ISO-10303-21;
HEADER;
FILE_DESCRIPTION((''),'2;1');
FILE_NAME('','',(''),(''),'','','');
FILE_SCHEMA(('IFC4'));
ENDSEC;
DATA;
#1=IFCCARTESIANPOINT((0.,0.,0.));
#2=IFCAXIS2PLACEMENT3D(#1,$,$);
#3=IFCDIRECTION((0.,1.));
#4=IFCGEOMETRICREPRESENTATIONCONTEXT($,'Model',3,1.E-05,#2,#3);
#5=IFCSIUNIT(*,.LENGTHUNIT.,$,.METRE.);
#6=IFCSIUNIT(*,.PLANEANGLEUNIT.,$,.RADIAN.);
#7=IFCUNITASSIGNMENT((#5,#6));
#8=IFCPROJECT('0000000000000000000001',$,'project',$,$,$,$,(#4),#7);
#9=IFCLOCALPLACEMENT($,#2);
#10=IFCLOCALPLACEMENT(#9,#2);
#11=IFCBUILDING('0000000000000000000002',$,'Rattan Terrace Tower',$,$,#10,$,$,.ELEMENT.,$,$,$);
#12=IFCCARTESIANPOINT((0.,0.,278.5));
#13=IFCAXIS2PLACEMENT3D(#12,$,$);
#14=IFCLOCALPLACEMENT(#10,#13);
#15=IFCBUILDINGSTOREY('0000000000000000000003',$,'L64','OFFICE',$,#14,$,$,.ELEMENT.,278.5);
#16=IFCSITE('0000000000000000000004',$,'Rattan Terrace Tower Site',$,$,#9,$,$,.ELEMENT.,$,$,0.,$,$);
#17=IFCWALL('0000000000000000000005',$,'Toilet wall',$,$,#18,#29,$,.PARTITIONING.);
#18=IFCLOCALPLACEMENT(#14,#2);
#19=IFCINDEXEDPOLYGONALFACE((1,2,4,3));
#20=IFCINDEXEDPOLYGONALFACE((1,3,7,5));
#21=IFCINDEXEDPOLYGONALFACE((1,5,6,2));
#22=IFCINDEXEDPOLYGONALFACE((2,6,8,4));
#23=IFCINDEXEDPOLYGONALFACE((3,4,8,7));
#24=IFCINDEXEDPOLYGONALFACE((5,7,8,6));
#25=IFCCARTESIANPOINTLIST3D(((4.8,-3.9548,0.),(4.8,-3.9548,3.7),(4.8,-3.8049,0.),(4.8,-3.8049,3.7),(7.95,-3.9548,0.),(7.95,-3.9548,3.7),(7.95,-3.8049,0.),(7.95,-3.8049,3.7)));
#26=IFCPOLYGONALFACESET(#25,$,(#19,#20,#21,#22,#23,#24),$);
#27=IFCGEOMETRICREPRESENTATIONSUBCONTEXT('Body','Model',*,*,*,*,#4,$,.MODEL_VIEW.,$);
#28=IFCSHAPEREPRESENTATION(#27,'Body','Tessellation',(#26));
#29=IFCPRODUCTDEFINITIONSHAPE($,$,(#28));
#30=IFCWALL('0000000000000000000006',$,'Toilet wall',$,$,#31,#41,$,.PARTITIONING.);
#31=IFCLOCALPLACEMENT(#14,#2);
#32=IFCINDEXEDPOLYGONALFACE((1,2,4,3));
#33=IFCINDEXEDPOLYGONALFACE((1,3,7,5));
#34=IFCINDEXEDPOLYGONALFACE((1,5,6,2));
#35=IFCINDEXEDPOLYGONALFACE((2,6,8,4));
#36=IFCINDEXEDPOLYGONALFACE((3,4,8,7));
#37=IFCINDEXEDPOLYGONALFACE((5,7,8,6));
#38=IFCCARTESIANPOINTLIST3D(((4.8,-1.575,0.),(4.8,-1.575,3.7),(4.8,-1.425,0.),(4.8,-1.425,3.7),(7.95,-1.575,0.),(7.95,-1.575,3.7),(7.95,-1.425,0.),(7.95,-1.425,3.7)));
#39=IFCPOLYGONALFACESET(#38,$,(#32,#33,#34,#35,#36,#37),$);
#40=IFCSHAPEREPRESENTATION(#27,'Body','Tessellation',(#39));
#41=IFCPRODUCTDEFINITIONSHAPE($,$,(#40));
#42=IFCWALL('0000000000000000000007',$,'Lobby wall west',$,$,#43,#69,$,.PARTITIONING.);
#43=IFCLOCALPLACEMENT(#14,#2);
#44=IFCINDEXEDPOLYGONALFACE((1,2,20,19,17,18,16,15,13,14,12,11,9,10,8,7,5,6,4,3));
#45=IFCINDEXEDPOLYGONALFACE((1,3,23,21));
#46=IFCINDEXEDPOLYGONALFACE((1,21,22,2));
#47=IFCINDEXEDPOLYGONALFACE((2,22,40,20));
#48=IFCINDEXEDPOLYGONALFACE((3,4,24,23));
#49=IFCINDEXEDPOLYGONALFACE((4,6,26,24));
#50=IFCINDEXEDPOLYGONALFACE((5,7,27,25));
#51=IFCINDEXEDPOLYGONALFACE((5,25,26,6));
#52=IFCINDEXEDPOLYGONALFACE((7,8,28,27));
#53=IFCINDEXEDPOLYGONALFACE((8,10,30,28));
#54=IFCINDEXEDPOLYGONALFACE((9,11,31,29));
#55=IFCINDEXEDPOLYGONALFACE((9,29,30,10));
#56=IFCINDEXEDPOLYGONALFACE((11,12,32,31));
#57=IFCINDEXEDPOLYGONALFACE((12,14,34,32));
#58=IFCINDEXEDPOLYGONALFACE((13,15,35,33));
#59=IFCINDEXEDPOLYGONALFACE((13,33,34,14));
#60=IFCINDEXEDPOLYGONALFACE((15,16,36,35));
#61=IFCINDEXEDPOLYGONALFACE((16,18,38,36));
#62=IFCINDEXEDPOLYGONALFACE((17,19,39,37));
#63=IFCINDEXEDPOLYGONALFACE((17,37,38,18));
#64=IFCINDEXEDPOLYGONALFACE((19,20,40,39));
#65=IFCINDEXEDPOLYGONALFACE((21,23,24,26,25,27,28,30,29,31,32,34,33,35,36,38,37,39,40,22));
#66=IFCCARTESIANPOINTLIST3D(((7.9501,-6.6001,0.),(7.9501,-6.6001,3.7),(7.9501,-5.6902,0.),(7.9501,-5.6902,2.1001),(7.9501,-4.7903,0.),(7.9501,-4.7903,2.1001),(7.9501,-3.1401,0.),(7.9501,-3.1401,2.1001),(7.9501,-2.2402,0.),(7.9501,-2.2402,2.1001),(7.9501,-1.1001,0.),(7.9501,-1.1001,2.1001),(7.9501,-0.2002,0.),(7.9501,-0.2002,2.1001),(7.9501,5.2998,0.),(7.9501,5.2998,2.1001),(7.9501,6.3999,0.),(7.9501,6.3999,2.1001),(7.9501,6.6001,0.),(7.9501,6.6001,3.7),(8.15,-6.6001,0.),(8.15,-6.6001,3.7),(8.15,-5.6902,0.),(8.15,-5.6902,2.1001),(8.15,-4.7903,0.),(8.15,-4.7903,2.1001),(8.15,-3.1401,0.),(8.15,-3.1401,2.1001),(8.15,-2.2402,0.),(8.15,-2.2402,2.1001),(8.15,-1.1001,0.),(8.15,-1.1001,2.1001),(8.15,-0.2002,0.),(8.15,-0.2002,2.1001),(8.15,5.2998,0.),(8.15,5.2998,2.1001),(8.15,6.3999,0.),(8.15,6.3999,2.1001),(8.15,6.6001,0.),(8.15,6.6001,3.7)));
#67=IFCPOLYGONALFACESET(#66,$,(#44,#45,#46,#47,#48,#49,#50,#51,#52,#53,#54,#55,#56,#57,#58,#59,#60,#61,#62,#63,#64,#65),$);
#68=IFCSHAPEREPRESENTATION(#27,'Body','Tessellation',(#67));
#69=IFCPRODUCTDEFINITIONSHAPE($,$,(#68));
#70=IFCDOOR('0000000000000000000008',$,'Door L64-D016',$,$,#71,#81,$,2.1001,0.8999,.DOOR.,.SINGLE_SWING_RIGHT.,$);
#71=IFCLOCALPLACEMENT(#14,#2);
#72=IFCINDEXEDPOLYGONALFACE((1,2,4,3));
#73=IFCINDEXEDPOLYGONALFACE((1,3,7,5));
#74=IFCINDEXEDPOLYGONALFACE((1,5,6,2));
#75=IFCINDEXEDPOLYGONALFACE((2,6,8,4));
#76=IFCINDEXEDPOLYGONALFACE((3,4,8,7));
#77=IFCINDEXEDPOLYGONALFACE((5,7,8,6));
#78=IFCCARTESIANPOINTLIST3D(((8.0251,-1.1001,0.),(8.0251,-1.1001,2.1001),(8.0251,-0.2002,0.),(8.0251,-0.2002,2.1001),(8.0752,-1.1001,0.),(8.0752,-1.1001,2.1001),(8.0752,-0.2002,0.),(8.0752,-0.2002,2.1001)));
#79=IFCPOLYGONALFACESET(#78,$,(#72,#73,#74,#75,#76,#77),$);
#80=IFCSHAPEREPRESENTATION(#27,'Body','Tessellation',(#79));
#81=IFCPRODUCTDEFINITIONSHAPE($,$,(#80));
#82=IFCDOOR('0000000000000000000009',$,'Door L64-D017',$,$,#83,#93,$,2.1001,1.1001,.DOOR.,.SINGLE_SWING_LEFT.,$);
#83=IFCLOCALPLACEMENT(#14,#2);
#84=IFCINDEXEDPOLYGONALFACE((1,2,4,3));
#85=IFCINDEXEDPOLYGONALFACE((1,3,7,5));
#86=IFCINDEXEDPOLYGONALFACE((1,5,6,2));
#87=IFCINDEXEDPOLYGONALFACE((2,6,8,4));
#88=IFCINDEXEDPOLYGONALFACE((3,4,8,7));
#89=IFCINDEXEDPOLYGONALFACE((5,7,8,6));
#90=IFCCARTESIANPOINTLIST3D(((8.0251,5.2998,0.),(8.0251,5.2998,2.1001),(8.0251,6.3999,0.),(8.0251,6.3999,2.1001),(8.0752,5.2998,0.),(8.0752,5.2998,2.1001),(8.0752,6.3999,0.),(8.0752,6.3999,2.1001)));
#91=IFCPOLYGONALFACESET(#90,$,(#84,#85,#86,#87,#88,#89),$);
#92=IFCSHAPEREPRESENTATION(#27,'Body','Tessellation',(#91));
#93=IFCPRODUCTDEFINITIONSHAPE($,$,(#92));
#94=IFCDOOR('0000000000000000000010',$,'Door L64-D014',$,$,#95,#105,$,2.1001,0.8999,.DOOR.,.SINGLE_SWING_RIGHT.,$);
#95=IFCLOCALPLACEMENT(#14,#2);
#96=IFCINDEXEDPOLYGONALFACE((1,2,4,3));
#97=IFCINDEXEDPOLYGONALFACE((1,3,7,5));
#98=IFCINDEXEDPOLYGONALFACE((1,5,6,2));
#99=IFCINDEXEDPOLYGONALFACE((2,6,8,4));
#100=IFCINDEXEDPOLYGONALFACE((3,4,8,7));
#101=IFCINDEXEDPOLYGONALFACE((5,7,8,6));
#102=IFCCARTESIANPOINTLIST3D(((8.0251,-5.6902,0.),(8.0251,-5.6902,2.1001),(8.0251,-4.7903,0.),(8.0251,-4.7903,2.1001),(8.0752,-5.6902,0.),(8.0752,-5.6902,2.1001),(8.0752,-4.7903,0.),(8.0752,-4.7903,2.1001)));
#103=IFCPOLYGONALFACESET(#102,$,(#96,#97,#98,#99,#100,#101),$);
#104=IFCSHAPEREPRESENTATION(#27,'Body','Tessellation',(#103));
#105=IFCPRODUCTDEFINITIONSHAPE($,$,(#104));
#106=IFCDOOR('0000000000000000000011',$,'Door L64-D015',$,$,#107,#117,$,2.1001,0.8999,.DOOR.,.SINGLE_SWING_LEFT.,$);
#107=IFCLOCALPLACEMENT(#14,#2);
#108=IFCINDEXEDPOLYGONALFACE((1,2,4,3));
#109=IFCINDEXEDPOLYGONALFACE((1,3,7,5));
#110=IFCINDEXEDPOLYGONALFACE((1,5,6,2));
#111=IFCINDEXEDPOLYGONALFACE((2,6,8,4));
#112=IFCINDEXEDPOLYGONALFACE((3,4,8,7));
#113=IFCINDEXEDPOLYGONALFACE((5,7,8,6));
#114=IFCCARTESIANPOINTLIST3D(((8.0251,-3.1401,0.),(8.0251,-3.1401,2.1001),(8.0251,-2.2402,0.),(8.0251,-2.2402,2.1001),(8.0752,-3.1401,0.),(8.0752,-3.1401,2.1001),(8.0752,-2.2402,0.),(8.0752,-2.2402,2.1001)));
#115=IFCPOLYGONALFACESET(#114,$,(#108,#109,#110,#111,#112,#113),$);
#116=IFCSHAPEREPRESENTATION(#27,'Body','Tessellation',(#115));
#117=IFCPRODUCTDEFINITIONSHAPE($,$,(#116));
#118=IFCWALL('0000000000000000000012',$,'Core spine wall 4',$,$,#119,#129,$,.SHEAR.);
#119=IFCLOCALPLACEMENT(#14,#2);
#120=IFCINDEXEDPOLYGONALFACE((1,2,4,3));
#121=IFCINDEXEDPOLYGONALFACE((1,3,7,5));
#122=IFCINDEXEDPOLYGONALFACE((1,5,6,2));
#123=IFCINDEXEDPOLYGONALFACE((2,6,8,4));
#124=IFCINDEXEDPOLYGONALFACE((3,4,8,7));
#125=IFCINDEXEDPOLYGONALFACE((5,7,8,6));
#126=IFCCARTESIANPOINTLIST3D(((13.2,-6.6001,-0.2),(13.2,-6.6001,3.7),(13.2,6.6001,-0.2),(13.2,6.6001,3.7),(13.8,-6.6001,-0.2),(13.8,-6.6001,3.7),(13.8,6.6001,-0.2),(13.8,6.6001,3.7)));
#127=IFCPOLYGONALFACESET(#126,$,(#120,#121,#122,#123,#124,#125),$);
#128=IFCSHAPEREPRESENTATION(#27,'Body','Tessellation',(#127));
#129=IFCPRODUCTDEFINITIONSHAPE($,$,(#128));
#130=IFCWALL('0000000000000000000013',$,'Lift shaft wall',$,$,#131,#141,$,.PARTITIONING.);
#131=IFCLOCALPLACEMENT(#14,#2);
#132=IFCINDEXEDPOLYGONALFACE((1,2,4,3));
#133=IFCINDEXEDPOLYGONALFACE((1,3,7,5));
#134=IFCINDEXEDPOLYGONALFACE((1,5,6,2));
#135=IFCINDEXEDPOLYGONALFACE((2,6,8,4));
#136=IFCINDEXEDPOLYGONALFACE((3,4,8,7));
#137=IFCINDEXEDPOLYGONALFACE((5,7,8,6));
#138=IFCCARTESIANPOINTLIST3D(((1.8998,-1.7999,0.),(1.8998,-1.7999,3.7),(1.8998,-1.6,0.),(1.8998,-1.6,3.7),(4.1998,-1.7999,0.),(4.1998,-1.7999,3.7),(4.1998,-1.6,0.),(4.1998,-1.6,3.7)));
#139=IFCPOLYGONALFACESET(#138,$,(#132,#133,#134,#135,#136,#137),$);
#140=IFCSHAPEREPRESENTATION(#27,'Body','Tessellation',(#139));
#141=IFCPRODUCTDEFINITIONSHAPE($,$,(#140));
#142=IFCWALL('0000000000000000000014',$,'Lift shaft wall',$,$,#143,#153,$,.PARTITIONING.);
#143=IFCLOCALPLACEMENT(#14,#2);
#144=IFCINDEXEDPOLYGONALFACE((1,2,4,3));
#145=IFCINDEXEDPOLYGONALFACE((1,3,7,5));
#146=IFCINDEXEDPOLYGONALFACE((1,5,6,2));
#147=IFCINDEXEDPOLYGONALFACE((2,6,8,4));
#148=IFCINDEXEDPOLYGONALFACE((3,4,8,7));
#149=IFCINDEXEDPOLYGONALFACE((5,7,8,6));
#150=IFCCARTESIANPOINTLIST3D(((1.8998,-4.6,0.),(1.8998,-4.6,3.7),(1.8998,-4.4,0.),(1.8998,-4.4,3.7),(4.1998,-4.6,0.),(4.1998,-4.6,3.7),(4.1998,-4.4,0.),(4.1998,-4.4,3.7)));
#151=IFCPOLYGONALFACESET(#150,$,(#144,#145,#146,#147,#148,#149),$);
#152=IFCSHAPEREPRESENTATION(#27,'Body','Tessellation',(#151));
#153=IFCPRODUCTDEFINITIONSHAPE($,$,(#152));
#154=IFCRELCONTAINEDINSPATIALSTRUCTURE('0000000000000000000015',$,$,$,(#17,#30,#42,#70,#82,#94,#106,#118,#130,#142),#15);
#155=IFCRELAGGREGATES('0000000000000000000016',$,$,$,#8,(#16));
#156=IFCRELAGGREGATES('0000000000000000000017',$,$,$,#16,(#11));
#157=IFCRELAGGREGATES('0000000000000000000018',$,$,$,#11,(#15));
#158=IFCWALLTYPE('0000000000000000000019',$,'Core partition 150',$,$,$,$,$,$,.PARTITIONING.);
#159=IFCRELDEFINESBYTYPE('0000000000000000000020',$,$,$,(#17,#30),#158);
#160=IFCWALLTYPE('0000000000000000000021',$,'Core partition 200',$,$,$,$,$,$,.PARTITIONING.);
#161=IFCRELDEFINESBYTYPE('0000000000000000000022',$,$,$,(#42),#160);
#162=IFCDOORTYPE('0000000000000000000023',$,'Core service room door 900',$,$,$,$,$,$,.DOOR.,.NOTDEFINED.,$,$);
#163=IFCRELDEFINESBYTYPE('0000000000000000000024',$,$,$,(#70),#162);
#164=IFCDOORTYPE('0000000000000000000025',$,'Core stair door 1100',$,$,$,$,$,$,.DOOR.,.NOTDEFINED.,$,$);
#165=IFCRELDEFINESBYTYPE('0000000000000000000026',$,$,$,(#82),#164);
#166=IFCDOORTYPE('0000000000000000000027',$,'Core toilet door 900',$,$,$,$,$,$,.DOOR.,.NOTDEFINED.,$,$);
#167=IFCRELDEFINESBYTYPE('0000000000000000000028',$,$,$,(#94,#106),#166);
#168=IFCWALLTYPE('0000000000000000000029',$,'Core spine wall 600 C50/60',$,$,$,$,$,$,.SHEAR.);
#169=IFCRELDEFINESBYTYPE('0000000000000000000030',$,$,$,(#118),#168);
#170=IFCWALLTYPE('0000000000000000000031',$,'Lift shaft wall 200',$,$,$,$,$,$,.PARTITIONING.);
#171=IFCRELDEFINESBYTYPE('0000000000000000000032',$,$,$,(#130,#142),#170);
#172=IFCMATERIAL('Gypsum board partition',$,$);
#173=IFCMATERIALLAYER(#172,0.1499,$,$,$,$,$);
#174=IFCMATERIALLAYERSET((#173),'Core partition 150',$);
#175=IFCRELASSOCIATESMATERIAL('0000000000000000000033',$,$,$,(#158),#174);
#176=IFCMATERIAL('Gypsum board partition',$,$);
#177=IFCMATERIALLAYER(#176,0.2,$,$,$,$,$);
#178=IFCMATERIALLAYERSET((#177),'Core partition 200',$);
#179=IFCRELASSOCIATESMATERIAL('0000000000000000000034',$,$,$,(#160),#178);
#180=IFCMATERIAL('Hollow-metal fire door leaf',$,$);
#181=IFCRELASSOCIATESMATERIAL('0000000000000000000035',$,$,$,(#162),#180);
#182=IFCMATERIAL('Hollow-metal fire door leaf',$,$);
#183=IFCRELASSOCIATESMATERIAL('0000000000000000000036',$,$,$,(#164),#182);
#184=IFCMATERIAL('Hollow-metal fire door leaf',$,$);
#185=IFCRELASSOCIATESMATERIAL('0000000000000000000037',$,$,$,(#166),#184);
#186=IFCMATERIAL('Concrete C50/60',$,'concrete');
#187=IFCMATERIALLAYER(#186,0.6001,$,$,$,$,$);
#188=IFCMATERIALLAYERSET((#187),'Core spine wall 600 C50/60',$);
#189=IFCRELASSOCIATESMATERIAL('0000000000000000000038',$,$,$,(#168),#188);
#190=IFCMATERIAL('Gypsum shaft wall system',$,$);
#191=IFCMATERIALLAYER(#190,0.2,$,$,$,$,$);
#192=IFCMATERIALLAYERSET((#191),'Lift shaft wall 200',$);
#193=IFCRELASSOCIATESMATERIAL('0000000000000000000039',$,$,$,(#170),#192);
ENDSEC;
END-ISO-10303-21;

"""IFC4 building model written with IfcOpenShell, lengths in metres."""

from ifc_helpers import new_model, si_unit, direction, frame, frame_2d, origin, place, context, subcontext, project, spatial, rectangle, extrude, material, layer, layer_set, type_object, element, fill, save


model = new_model("IFC4")

# Units and contexts
model_context = context("Model", 3, precision=1e-05, world=origin(), true_north=direction((0.0, 1.0)))
body_context = subcontext(model_context, "Body", "Model", "MODEL_VIEW")
ifc_project = project(units=[si_unit("LENGTHUNIT", "METRE"), si_unit("PLANEANGLEUNIT", "RADIAN")], contexts=[model_context])

# Site, building, storey
site_placement = place(None, origin())
site = spatial("IfcSite", under=ifc_project, at=site_placement, Name="Rattan Terrace Tower Site", CompositionType="ELEMENT", RefElevation=0.0)
building_placement = place(site_placement, origin())
building = spatial("IfcBuilding", under=site, at=building_placement, Name="Rattan Terrace Tower", CompositionType="ELEMENT")
storey_placement = place(building_placement, frame((0.0, 0.0, 278.5)))
storey = spatial("IfcBuildingStorey", under=building, at=storey_placement, Name="L64", Description="OFFICE", CompositionType="ELEMENT", Elevation=278.5)

# Walls
ifc_material_1 = material(Name="Gypsum board partition")
ifc_layer_1 = layer(ifc_material_1, 0.1499)
ifc_layer_set_1 = layer_set([ifc_layer_1], Name="Core partition 150")
wall_type_1 = type_object("IfcWallType", Name="Core partition 150", PredefinedType="PARTITIONING", material=ifc_layer_set_1)
for number, where, z_axis, x_axis, name in (
    (1, (4.8, -3.8799, 0.0), (0.0, 0.0, 1.0), (1.0, 0.0, 0.0), "Toilet wall"),
    (2, (4.8, -1.5, 0.0), (0.0, 0.0, 1.0), (1.0, 0.0, 0.0), "Toilet wall"),
):
    element("IfcWall", number, at=place(storey_placement, frame(where, z_axis=z_axis, x_axis=x_axis)), inside=storey, type_object=wall_type_1, Name=name, PredefinedType="PARTITIONING", context=body_context, shape_type="SweptSolid", body=[
        extrude(rectangle(XDim=3.1499, YDim=0.1499, at=frame_2d((1.575, 0.0))), origin(), (0.0, 0.0, 1.0), 3.7),
    ])

# Wall, openings, doors
ifc_material_2 = material(Name="Gypsum board partition")
ifc_layer_2 = layer(ifc_material_2, 0.2)
ifc_layer_set_2 = layer_set([ifc_layer_2], Name="Core partition 200")
wall_type_2 = type_object("IfcWallType", Name="Core partition 200", PredefinedType="PARTITIONING", material=ifc_layer_set_2)
wall_1_placement = place(storey_placement, frame((8.05, -6.6001, 0.0), z_axis=(0.0, 0.0, 1.0), x_axis=(0.0, 1.0, 0.0)))
wall_1 = element("IfcWall", 3, at=wall_1_placement, inside=storey, type_object=wall_type_2, Name="Lobby wall west", PredefinedType="PARTITIONING", context=body_context, shape_type="SweptSolid", body=[
    extrude(rectangle(XDim=13.2002, YDim=0.2, at=frame_2d((6.6001, 0.0))), origin(), (0.0, 0.0, 1.0), 3.7),
])
opening_1_placement = place(wall_1_placement, frame((0.9099, 0.0, 0.0)))
opening_1 = element("IfcOpeningElement", 4, at=opening_1_placement, cuts=wall_1, PredefinedType="OPENING", context=body_context, shape_type="SweptSolid", body=[
    extrude(rectangle(XDim=0.8999, YDim=2.1001, at=frame_2d((0.45, 1.05))), frame((0.0, 0.1106, 0.0), z_axis=(0.0, -1.0, 0.0), x_axis=(1.0, 0.0, 0.0)), (0.0, 0.0, 1.0), 0.2209),
])
opening_2_placement = place(wall_1_placement, frame((3.46, 0.0, 0.0)))
opening_2 = element("IfcOpeningElement", 5, at=opening_2_placement, cuts=wall_1, PredefinedType="OPENING", context=body_context, shape_type="SweptSolid", body=[
    extrude(rectangle(XDim=0.8999, YDim=2.1001, at=frame_2d((0.45, 1.05))), frame((0.0, 0.1106, 0.0), z_axis=(0.0, -1.0, 0.0), x_axis=(1.0, 0.0, 0.0)), (0.0, 0.0, 1.0), 0.2209),
])
opening_3_placement = place(wall_1_placement, frame((5.5, 0.0, 0.0)))
opening_3 = element("IfcOpeningElement", 6, at=opening_3_placement, cuts=wall_1, PredefinedType="OPENING", context=body_context, shape_type="SweptSolid", body=[
    extrude(rectangle(XDim=0.8999, YDim=2.1001, at=frame_2d((0.45, 1.05))), frame((0.0, 0.1106, 0.0), z_axis=(0.0, -1.0, 0.0), x_axis=(1.0, 0.0, 0.0)), (0.0, 0.0, 1.0), 0.2209),
])
opening_4_placement = place(wall_1_placement, frame((11.8999, 0.0, 0.0)))
opening_4 = element("IfcOpeningElement", 7, at=opening_4_placement, cuts=wall_1, PredefinedType="OPENING", context=body_context, shape_type="SweptSolid", body=[
    extrude(rectangle(XDim=1.1001, YDim=2.1001, at=frame_2d((0.55, 1.05))), frame((0.0, 0.1106, 0.0), z_axis=(0.0, -1.0, 0.0), x_axis=(1.0, 0.0, 0.0)), (0.0, 0.0, 1.0), 0.2209),
])
ifc_material_3 = material(Name="Hollow-metal fire door leaf")
door_type_1 = type_object("IfcDoorType", Name="Core service room door 900", OperationType="NOTDEFINED", PredefinedType="DOOR", material=ifc_material_3)
door_1_placement = place(opening_3_placement, origin())
door_1 = element("IfcDoor", 8, at=door_1_placement, inside=storey, type_object=door_type_1, Name="Door L64-D016", OperationType="SINGLE_SWING_RIGHT", OverallHeight=2.1001, OverallWidth=0.8999, PredefinedType="DOOR", context=body_context, shape_type="SweptSolid", body=[
    extrude(rectangle(XDim=0.8999, YDim=2.1001, at=frame_2d((0.45, 1.05))), frame((0.0, 0.0249, 0.0), z_axis=(0.0, -1.0, 0.0), x_axis=(1.0, 0.0, 0.0)), (0.0, 0.0, 1.0), 0.05),
])
fill(opening_3, door_1)
ifc_material_4 = material(Name="Hollow-metal fire door leaf")
door_type_2 = type_object("IfcDoorType", Name="Core stair door 1100", OperationType="NOTDEFINED", PredefinedType="DOOR", material=ifc_material_4)
door_2_placement = place(opening_4_placement, origin())
door_2 = element("IfcDoor", 9, at=door_2_placement, inside=storey, type_object=door_type_2, Name="Door L64-D017", OperationType="SINGLE_SWING_LEFT", OverallHeight=2.1001, OverallWidth=1.1001, PredefinedType="DOOR", context=body_context, shape_type="SweptSolid", body=[
    extrude(rectangle(XDim=1.1001, YDim=2.1001, at=frame_2d((0.55, 1.05))), frame((0.0, 0.0249, 0.0), z_axis=(0.0, -1.0, 0.0), x_axis=(1.0, 0.0, 0.0)), (0.0, 0.0, 1.0), 0.05),
])
fill(opening_4, door_2)
ifc_material_5 = material(Name="Hollow-metal fire door leaf")
door_type_3 = type_object("IfcDoorType", Name="Core toilet door 900", OperationType="NOTDEFINED", PredefinedType="DOOR", material=ifc_material_5)
door_3_placement = place(opening_1_placement, origin())
door_3 = element("IfcDoor", 10, at=door_3_placement, inside=storey, type_object=door_type_3, Name="Door L64-D014", OperationType="SINGLE_SWING_RIGHT", OverallHeight=2.1001, OverallWidth=0.8999, PredefinedType="DOOR", context=body_context, shape_type="SweptSolid", body=[
    extrude(rectangle(XDim=0.8999, YDim=2.1001, at=frame_2d((0.45, 1.05))), frame((0.0, 0.0249, 0.0), z_axis=(0.0, -1.0, 0.0), x_axis=(1.0, 0.0, 0.0)), (0.0, 0.0, 1.0), 0.05),
])
fill(opening_1, door_3)
door_4_placement = place(opening_2_placement, origin())
door_4 = element("IfcDoor", 11, at=door_4_placement, inside=storey, type_object=door_type_3, Name="Door L64-D015", OperationType="SINGLE_SWING_LEFT", OverallHeight=2.1001, OverallWidth=0.8999, PredefinedType="DOOR", context=body_context, shape_type="SweptSolid", body=[
    extrude(rectangle(XDim=0.8999, YDim=2.1001, at=frame_2d((0.45, 1.05))), frame((0.0, 0.0249, 0.0), z_axis=(0.0, -1.0, 0.0), x_axis=(1.0, 0.0, 0.0)), (0.0, 0.0, 1.0), 0.05),
])
fill(opening_2, door_4)

# Walls
ifc_material_6 = material(Name="Concrete C50/60", Category="concrete")
ifc_layer_3 = layer(ifc_material_6, 0.6001)
ifc_layer_set_3 = layer_set([ifc_layer_3], Name="Core spine wall 600 C50/60")
wall_type_3 = type_object("IfcWallType", Name="Core spine wall 600 C50/60", PredefinedType="SHEAR", material=ifc_layer_set_3)
wall_2_placement = place(storey_placement, frame((13.5, -6.6001, -0.2), z_axis=(0.0, 0.0, 1.0), x_axis=(0.0, 1.0, 0.0)))
element("IfcWall", 12, at=wall_2_placement, inside=storey, type_object=wall_type_3, Name="Core spine wall 4", PredefinedType="SHEAR", context=body_context, shape_type="SweptSolid", body=[
    extrude(rectangle(XDim=13.2002, YDim=0.6001, at=frame_2d((6.6001, 0.0))), origin(), (0.0, 0.0, 1.0), 3.8999),
])
ifc_material_7 = material(Name="Gypsum shaft wall system")
ifc_layer_4 = layer(ifc_material_7, 0.2)
ifc_layer_set_4 = layer_set([ifc_layer_4], Name="Lift shaft wall 200")
wall_type_4 = type_object("IfcWallType", Name="Lift shaft wall 200", PredefinedType="PARTITIONING", material=ifc_layer_set_4)
for number, where, z_axis, x_axis, name in (
    (13, (1.8999, -1.7, 0.0), (0.0, 0.0, 1.0), (1.0, 0.0, 0.0), "Lift shaft wall"),
    (14, (1.8999, -4.5, 0.0), (0.0, 0.0, 1.0), (1.0, 0.0, 0.0), "Lift shaft wall"),
):
    element("IfcWall", number, at=place(storey_placement, frame(where, z_axis=z_axis, x_axis=x_axis)), inside=storey, type_object=wall_type_4, Name=name, PredefinedType="PARTITIONING", context=body_context, shape_type="SweptSolid", body=[
        extrude(rectangle(XDim=2.3, YDim=0.2, at=frame_2d((1.1499, 0.0))), origin(), (0.0, 0.0, 1.0), 3.7),
    ])

save(model, "model.ifc")
